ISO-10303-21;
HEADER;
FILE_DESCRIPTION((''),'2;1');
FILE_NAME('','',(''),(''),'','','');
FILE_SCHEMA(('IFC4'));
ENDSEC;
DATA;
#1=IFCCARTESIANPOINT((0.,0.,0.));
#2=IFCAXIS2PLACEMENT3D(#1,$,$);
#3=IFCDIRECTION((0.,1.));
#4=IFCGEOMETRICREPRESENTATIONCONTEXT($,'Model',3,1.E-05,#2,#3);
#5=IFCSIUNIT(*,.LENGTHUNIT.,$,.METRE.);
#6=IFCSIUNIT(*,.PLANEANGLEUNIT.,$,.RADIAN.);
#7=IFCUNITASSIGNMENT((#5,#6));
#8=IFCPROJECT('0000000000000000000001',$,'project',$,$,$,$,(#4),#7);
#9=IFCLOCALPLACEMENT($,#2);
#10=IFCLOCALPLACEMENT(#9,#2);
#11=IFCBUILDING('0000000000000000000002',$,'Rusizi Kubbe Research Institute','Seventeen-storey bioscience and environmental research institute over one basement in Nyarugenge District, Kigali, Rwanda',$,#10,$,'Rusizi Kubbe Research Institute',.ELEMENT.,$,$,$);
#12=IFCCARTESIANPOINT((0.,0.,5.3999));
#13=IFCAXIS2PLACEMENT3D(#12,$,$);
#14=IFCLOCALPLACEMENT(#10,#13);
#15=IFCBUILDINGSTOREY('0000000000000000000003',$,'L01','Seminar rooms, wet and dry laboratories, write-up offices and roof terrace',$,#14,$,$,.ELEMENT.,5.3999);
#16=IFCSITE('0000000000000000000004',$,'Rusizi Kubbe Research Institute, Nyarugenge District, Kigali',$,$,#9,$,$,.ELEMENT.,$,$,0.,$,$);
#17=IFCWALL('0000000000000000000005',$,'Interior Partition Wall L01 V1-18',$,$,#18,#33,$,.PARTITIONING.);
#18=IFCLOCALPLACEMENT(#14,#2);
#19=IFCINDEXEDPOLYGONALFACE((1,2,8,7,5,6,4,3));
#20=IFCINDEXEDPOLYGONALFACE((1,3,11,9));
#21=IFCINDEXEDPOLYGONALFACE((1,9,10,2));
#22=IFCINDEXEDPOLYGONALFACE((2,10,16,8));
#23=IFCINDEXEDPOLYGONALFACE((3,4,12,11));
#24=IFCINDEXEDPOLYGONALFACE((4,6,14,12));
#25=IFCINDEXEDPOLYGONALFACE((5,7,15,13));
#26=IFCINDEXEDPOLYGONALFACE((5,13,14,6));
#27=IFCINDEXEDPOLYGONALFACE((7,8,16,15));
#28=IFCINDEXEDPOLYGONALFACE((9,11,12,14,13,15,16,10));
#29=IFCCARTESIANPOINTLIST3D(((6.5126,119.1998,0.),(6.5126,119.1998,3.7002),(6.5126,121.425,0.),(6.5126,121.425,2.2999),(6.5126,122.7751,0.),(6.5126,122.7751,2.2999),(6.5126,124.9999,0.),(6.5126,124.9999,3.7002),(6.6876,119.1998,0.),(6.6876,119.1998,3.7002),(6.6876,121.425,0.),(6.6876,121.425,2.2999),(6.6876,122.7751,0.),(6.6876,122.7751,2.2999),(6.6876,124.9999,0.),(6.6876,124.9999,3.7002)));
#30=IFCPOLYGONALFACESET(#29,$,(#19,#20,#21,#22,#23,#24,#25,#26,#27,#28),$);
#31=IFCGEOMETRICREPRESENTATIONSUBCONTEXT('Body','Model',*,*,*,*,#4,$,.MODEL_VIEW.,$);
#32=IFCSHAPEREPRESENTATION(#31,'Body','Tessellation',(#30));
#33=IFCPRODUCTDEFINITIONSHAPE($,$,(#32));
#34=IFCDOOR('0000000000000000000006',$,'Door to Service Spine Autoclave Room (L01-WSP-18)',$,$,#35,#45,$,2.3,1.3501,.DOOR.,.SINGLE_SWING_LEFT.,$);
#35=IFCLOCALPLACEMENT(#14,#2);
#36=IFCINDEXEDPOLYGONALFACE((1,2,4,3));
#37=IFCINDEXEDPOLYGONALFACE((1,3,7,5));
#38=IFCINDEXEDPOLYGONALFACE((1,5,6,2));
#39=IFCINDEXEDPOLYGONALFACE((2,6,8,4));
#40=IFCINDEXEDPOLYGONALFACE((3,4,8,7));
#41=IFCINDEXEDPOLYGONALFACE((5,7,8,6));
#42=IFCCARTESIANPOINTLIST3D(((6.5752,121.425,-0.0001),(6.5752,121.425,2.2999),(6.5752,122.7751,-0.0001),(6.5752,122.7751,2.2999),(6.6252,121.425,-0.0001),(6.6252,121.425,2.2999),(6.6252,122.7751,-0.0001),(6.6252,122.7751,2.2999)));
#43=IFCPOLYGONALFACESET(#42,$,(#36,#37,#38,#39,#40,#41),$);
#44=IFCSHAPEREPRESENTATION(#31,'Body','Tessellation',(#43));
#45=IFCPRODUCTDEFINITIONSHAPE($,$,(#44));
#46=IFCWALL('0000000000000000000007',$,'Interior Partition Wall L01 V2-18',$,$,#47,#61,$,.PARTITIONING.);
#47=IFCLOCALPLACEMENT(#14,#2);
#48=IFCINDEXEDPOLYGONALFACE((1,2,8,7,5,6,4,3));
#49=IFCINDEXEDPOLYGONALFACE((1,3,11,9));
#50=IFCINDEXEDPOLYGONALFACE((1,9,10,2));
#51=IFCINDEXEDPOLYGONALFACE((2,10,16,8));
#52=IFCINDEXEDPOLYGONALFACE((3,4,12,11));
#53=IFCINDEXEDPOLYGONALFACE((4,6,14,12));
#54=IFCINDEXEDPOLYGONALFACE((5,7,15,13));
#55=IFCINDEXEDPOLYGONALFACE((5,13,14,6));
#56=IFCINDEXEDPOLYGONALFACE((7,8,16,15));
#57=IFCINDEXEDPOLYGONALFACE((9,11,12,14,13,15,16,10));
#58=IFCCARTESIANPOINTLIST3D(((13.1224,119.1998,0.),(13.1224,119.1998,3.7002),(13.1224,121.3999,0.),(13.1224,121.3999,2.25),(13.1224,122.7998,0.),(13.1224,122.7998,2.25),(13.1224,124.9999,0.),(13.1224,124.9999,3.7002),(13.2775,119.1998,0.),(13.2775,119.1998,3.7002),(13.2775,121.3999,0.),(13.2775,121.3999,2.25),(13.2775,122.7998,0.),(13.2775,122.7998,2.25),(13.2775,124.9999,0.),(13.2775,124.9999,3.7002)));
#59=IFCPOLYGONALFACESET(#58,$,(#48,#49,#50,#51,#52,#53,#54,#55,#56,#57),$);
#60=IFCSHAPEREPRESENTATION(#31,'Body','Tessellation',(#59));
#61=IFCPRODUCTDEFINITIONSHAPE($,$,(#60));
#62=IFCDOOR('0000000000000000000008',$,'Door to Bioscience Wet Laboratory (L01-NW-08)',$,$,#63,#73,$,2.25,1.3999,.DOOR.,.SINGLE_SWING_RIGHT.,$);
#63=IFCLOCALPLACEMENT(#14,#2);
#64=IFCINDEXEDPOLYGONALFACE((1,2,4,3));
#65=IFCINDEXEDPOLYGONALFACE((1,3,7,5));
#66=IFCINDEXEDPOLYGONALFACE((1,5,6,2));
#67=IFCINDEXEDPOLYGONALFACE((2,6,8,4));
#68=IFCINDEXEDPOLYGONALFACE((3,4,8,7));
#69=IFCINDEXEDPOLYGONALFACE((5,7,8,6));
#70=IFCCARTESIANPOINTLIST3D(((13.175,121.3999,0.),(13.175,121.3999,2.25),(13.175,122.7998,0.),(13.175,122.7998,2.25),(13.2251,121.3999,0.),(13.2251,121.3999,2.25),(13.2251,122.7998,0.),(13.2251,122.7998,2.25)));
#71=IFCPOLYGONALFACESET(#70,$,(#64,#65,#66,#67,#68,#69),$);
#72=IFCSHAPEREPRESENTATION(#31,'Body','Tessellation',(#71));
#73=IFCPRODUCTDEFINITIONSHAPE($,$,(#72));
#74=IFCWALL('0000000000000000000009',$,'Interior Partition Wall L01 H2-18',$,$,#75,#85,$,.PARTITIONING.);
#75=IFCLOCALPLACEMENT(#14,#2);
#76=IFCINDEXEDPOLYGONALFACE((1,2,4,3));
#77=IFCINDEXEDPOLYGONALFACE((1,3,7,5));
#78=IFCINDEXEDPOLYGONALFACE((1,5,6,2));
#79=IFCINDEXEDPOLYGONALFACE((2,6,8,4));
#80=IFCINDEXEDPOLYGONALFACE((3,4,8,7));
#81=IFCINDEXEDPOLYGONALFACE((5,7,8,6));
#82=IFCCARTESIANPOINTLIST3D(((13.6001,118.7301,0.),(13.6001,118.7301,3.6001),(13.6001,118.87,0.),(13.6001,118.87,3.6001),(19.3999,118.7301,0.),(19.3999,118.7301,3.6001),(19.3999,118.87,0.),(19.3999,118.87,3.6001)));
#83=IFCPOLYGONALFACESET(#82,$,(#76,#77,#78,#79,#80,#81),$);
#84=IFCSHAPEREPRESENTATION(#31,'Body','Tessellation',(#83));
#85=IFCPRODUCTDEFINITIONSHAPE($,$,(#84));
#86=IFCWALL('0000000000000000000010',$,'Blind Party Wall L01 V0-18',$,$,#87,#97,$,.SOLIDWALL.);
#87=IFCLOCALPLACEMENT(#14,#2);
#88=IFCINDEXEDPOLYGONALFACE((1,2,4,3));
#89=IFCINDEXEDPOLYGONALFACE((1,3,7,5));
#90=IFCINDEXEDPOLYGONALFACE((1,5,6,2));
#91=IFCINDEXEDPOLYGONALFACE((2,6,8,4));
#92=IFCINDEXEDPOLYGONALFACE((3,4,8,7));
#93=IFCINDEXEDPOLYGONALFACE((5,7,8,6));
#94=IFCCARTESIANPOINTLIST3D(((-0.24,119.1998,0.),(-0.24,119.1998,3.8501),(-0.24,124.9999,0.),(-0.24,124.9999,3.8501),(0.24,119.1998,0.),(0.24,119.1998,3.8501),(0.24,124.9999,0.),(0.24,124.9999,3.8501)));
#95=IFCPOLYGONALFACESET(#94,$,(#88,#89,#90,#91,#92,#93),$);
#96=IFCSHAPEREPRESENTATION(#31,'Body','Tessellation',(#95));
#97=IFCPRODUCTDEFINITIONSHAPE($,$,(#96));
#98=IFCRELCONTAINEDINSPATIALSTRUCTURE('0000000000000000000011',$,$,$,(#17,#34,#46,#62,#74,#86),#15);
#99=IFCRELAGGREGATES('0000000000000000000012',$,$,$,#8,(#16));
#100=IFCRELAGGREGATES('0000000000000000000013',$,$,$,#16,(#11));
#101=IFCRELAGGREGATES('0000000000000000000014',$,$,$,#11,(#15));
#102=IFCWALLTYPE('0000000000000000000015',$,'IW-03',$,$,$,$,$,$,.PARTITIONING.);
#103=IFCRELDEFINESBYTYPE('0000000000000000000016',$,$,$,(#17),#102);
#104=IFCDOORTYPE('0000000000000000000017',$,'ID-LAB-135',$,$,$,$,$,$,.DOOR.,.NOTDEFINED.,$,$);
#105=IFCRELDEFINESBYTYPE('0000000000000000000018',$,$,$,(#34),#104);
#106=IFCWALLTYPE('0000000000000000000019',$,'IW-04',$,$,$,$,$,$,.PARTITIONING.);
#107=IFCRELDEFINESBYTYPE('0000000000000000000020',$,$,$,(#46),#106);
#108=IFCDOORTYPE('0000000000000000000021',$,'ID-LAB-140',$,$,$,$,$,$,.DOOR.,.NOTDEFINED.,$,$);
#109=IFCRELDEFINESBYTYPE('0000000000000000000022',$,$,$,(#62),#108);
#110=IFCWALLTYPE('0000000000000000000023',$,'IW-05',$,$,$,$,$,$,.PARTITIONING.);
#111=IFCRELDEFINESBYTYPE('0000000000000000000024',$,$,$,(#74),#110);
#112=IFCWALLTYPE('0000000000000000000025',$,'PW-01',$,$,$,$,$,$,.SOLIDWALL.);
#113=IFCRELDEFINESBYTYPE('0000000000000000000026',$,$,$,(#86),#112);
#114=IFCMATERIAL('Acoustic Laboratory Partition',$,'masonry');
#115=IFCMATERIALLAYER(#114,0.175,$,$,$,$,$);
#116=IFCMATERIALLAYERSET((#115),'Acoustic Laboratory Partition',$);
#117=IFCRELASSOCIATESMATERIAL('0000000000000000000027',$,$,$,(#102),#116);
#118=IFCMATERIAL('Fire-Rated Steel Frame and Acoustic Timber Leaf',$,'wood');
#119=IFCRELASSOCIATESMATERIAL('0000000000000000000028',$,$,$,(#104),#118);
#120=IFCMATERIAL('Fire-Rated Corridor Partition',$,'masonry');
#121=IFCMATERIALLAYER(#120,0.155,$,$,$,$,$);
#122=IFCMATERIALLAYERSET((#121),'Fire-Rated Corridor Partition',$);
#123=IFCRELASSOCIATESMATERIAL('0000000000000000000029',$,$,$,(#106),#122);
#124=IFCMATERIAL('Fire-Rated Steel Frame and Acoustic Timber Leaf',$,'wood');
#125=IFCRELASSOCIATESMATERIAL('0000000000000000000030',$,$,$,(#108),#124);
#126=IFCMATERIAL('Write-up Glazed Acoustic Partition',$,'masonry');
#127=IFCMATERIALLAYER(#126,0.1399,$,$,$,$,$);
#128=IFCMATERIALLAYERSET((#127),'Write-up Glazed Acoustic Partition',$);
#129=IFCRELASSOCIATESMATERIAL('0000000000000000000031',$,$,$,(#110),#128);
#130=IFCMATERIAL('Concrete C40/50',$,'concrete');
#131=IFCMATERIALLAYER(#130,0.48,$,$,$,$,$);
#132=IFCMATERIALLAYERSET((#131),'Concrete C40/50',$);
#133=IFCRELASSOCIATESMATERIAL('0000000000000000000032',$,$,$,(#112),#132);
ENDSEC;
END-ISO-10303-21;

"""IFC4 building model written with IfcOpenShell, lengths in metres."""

from ifc_helpers import new_model, si_unit, direction, frame, frame_2d, origin, place, context, subcontext, project, spatial, rectangle, extrude, material, layer, layer_set, type_object, element, fill, save


model = new_model("IFC4")

# Units and contexts
model_context = context("Model", 3, precision=1e-05, world=origin(), true_north=direction((0.0, 1.0)))
body_context = subcontext(model_context, "Body", "Model", "MODEL_VIEW")
ifc_project = project(units=[si_unit("LENGTHUNIT", "METRE"), si_unit("PLANEANGLEUNIT", "RADIAN")], contexts=[model_context])

# Site, building, storey
site_placement = place(None, origin())
site = spatial("IfcSite", under=ifc_project, at=site_placement, Name="Rusizi Kubbe Research Institute, Nyarugenge District, Kigali", CompositionType="ELEMENT", RefElevation=0.0)
building_placement = place(site_placement, origin())
building = spatial("IfcBuilding", under=site, at=building_placement, Name="Rusizi Kubbe Research Institute", Description="Seventeen-storey bioscience and environmental research institute over one basement in Nyarugenge District, Kigali, Rwanda", LongName="Rusizi Kubbe Research Institute", CompositionType="ELEMENT")
storey_placement = place(building_placement, frame((0.0, 0.0, 5.3999)))
storey = spatial("IfcBuildingStorey", under=building, at=storey_placement, Name="L01", Description="Seminar rooms, wet and dry laboratories, write-up offices and roof terrace", CompositionType="ELEMENT", Elevation=5.3999)

# Shared definitions
ifc_material_1 = material(Name="Acoustic Laboratory Partition", Category="masonry")
ifc_layer_1 = layer(ifc_material_1, 0.175)
ifc_layer_set_1 = layer_set([ifc_layer_1], Name="Acoustic Laboratory Partition")
wall_type_1 = type_object("IfcWallType", Name="IW-03", PredefinedType="PARTITIONING", material=ifc_layer_set_1)

# Walls, openings, doors
wall_1_placement = place(storey_placement, frame((6.6001, 119.2, 0.0), z_axis=(0.0, 0.0, 1.0), x_axis=(0.0, 1.0, 0.0)))
wall_1 = element("IfcWall", 1, at=wall_1_placement, inside=storey, type_object=wall_type_1, Name="Interior Partition Wall L01 V1-18", PredefinedType="PARTITIONING", context=body_context, shape_type="SweptSolid", body=[
    extrude(rectangle(XDim=5.8, YDim=0.175, at=frame_2d((2.8999, 0.0))), origin(), (0.0, 0.0, 1.0), 3.7002),
])
opening_1_placement = place(wall_1_placement, frame((2.2251, 0.0, 0.0)))
opening_1 = element("IfcOpeningElement", 2, at=opening_1_placement, cuts=wall_1, PredefinedType="OPENING", context=body_context, shape_type="SweptSolid", body=[
    extrude(rectangle(XDim=1.3501, YDim=2.3, at=frame_2d((0.675, 1.1499))), frame((0.0, 0.0974, 0.0), z_axis=(0.0, -1.0, 0.0), x_axis=(1.0, 0.0, 0.0)), (0.0, 0.0, 1.0), 0.1951),
])
ifc_material_2 = material(Name="Fire-Rated Steel Frame and Acoustic Timber Leaf", Category="wood")
door_type_1 = type_object("IfcDoorType", Name="ID-LAB-135", OperationType="NOTDEFINED", PredefinedType="DOOR", material=ifc_material_2)
door_1_placement = place(opening_1_placement, origin())
door_1 = element("IfcDoor", 3, at=door_1_placement, inside=storey, type_object=door_type_1, Name="Door to Service Spine Autoclave Room (L01-WSP-18)", OperationType="SINGLE_SWING_LEFT", OverallHeight=2.3, OverallWidth=1.3501, PredefinedType="DOOR", context=body_context, shape_type="SweptSolid", body=[
    extrude(rectangle(XDim=1.3501, YDim=2.3, at=frame_2d((0.675, 1.1499))), frame((0.0, 0.0249, 0.0), z_axis=(0.0, -1.0, 0.0), x_axis=(1.0, 0.0, 0.0)), (0.0, 0.0, 1.0), 0.05),
])
fill(opening_1, door_1)
ifc_material_3 = material(Name="Fire-Rated Corridor Partition", Category="masonry")
ifc_layer_2 = layer(ifc_material_3, 0.155)
ifc_layer_set_2 = layer_set([ifc_layer_2], Name="Fire-Rated Corridor Partition")
wall_type_2 = type_object("IfcWallType", Name="IW-04", PredefinedType="PARTITIONING", material=ifc_layer_set_2)
wall_2_placement = place(storey_placement, frame((13.2, 119.2, 0.0), z_axis=(0.0, 0.0, 1.0), x_axis=(0.0, 1.0, 0.0)))
wall_2 = element("IfcWall", 4, at=wall_2_placement, inside=storey, type_object=wall_type_2, Name="Interior Partition Wall L01 V2-18", PredefinedType="PARTITIONING", context=body_context, shape_type="SweptSolid", body=[
    extrude(rectangle(XDim=5.8, YDim=0.155, at=frame_2d((2.8999, 0.0))), origin(), (0.0, 0.0, 1.0), 3.7002),
])
opening_2_placement = place(wall_2_placement, frame((2.2, 0.0, 0.0)))
opening_2 = element("IfcOpeningElement", 5, at=opening_2_placement, cuts=wall_2, PredefinedType="OPENING", context=body_context, shape_type="SweptSolid", body=[
    extrude(rectangle(XDim=1.3999, YDim=2.25, at=frame_2d((0.7, 1.125))), frame((0.0, 0.0874, 0.0), z_axis=(0.0, -1.0, 0.0), x_axis=(1.0, 0.0, 0.0)), (0.0, 0.0, 1.0), 0.175),
])
ifc_material_4 = material(Name="Fire-Rated Steel Frame and Acoustic Timber Leaf", Category="wood")
door_type_2 = type_object("IfcDoorType", Name="ID-LAB-140", OperationType="NOTDEFINED", PredefinedType="DOOR", material=ifc_material_4)
door_2_placement = place(opening_2_placement, origin())
door_2 = element("IfcDoor", 6, at=door_2_placement, inside=storey, type_object=door_type_2, Name="Door to Bioscience Wet Laboratory (L01-NW-08)", OperationType="SINGLE_SWING_RIGHT", OverallHeight=2.25, OverallWidth=1.3999, PredefinedType="DOOR", context=body_context, shape_type="SweptSolid", body=[
    extrude(rectangle(XDim=1.3999, YDim=2.25, at=frame_2d((0.7, 1.125))), frame((0.0, 0.0249, 0.0), z_axis=(0.0, -1.0, 0.0), x_axis=(1.0, 0.0, 0.0)), (0.0, 0.0, 1.0), 0.05),
])
fill(opening_2, door_2)

# Walls
ifc_material_5 = material(Name="Write-up Glazed Acoustic Partition", Category="masonry")
ifc_layer_3 = layer(ifc_material_5, 0.1399)
ifc_layer_set_3 = layer_set([ifc_layer_3], Name="Write-up Glazed Acoustic Partition")
wall_type_3 = type_object("IfcWallType", Name="IW-05", PredefinedType="PARTITIONING", material=ifc_layer_set_3)
wall_3_placement = place(storey_placement, frame((13.6001, 118.8, 0.0), z_axis=(0.0, 0.0, 1.0), x_axis=(1.0, 0.0, 0.0)))
element("IfcWall", 7, at=wall_3_placement, inside=storey, type_object=wall_type_3, Name="Interior Partition Wall L01 H2-18", PredefinedType="PARTITIONING", context=body_context, shape_type="SweptSolid", body=[
    extrude(rectangle(XDim=5.7998, YDim=0.1399, at=frame_2d((2.8999, 0.0))), origin(), (0.0, 0.0, 1.0), 3.6001),
])
ifc_material_6 = material(Name="Concrete C40/50", Category="concrete")
ifc_layer_4 = layer(ifc_material_6, 0.48)
ifc_layer_set_4 = layer_set([ifc_layer_4], Name="Concrete C40/50")
wall_type_4 = type_object("IfcWallType", Name="PW-01", PredefinedType="SOLIDWALL", material=ifc_layer_set_4)
wall_4_placement = place(storey_placement, frame((0.0, 119.2, 0.0), z_axis=(0.0, 0.0, 1.0), x_axis=(0.0, 1.0, 0.0)))
element("IfcWall", 8, at=wall_4_placement, inside=storey, type_object=wall_type_4, Name="Blind Party Wall L01 V0-18", PredefinedType="SOLIDWALL", context=body_context, shape_type="SweptSolid", body=[
    extrude(rectangle(XDim=5.8, YDim=0.48, at=frame_2d((2.8999, 0.0))), origin(), (0.0, 0.0, 1.0), 3.8501),
])

save(model, "model.ifc")
